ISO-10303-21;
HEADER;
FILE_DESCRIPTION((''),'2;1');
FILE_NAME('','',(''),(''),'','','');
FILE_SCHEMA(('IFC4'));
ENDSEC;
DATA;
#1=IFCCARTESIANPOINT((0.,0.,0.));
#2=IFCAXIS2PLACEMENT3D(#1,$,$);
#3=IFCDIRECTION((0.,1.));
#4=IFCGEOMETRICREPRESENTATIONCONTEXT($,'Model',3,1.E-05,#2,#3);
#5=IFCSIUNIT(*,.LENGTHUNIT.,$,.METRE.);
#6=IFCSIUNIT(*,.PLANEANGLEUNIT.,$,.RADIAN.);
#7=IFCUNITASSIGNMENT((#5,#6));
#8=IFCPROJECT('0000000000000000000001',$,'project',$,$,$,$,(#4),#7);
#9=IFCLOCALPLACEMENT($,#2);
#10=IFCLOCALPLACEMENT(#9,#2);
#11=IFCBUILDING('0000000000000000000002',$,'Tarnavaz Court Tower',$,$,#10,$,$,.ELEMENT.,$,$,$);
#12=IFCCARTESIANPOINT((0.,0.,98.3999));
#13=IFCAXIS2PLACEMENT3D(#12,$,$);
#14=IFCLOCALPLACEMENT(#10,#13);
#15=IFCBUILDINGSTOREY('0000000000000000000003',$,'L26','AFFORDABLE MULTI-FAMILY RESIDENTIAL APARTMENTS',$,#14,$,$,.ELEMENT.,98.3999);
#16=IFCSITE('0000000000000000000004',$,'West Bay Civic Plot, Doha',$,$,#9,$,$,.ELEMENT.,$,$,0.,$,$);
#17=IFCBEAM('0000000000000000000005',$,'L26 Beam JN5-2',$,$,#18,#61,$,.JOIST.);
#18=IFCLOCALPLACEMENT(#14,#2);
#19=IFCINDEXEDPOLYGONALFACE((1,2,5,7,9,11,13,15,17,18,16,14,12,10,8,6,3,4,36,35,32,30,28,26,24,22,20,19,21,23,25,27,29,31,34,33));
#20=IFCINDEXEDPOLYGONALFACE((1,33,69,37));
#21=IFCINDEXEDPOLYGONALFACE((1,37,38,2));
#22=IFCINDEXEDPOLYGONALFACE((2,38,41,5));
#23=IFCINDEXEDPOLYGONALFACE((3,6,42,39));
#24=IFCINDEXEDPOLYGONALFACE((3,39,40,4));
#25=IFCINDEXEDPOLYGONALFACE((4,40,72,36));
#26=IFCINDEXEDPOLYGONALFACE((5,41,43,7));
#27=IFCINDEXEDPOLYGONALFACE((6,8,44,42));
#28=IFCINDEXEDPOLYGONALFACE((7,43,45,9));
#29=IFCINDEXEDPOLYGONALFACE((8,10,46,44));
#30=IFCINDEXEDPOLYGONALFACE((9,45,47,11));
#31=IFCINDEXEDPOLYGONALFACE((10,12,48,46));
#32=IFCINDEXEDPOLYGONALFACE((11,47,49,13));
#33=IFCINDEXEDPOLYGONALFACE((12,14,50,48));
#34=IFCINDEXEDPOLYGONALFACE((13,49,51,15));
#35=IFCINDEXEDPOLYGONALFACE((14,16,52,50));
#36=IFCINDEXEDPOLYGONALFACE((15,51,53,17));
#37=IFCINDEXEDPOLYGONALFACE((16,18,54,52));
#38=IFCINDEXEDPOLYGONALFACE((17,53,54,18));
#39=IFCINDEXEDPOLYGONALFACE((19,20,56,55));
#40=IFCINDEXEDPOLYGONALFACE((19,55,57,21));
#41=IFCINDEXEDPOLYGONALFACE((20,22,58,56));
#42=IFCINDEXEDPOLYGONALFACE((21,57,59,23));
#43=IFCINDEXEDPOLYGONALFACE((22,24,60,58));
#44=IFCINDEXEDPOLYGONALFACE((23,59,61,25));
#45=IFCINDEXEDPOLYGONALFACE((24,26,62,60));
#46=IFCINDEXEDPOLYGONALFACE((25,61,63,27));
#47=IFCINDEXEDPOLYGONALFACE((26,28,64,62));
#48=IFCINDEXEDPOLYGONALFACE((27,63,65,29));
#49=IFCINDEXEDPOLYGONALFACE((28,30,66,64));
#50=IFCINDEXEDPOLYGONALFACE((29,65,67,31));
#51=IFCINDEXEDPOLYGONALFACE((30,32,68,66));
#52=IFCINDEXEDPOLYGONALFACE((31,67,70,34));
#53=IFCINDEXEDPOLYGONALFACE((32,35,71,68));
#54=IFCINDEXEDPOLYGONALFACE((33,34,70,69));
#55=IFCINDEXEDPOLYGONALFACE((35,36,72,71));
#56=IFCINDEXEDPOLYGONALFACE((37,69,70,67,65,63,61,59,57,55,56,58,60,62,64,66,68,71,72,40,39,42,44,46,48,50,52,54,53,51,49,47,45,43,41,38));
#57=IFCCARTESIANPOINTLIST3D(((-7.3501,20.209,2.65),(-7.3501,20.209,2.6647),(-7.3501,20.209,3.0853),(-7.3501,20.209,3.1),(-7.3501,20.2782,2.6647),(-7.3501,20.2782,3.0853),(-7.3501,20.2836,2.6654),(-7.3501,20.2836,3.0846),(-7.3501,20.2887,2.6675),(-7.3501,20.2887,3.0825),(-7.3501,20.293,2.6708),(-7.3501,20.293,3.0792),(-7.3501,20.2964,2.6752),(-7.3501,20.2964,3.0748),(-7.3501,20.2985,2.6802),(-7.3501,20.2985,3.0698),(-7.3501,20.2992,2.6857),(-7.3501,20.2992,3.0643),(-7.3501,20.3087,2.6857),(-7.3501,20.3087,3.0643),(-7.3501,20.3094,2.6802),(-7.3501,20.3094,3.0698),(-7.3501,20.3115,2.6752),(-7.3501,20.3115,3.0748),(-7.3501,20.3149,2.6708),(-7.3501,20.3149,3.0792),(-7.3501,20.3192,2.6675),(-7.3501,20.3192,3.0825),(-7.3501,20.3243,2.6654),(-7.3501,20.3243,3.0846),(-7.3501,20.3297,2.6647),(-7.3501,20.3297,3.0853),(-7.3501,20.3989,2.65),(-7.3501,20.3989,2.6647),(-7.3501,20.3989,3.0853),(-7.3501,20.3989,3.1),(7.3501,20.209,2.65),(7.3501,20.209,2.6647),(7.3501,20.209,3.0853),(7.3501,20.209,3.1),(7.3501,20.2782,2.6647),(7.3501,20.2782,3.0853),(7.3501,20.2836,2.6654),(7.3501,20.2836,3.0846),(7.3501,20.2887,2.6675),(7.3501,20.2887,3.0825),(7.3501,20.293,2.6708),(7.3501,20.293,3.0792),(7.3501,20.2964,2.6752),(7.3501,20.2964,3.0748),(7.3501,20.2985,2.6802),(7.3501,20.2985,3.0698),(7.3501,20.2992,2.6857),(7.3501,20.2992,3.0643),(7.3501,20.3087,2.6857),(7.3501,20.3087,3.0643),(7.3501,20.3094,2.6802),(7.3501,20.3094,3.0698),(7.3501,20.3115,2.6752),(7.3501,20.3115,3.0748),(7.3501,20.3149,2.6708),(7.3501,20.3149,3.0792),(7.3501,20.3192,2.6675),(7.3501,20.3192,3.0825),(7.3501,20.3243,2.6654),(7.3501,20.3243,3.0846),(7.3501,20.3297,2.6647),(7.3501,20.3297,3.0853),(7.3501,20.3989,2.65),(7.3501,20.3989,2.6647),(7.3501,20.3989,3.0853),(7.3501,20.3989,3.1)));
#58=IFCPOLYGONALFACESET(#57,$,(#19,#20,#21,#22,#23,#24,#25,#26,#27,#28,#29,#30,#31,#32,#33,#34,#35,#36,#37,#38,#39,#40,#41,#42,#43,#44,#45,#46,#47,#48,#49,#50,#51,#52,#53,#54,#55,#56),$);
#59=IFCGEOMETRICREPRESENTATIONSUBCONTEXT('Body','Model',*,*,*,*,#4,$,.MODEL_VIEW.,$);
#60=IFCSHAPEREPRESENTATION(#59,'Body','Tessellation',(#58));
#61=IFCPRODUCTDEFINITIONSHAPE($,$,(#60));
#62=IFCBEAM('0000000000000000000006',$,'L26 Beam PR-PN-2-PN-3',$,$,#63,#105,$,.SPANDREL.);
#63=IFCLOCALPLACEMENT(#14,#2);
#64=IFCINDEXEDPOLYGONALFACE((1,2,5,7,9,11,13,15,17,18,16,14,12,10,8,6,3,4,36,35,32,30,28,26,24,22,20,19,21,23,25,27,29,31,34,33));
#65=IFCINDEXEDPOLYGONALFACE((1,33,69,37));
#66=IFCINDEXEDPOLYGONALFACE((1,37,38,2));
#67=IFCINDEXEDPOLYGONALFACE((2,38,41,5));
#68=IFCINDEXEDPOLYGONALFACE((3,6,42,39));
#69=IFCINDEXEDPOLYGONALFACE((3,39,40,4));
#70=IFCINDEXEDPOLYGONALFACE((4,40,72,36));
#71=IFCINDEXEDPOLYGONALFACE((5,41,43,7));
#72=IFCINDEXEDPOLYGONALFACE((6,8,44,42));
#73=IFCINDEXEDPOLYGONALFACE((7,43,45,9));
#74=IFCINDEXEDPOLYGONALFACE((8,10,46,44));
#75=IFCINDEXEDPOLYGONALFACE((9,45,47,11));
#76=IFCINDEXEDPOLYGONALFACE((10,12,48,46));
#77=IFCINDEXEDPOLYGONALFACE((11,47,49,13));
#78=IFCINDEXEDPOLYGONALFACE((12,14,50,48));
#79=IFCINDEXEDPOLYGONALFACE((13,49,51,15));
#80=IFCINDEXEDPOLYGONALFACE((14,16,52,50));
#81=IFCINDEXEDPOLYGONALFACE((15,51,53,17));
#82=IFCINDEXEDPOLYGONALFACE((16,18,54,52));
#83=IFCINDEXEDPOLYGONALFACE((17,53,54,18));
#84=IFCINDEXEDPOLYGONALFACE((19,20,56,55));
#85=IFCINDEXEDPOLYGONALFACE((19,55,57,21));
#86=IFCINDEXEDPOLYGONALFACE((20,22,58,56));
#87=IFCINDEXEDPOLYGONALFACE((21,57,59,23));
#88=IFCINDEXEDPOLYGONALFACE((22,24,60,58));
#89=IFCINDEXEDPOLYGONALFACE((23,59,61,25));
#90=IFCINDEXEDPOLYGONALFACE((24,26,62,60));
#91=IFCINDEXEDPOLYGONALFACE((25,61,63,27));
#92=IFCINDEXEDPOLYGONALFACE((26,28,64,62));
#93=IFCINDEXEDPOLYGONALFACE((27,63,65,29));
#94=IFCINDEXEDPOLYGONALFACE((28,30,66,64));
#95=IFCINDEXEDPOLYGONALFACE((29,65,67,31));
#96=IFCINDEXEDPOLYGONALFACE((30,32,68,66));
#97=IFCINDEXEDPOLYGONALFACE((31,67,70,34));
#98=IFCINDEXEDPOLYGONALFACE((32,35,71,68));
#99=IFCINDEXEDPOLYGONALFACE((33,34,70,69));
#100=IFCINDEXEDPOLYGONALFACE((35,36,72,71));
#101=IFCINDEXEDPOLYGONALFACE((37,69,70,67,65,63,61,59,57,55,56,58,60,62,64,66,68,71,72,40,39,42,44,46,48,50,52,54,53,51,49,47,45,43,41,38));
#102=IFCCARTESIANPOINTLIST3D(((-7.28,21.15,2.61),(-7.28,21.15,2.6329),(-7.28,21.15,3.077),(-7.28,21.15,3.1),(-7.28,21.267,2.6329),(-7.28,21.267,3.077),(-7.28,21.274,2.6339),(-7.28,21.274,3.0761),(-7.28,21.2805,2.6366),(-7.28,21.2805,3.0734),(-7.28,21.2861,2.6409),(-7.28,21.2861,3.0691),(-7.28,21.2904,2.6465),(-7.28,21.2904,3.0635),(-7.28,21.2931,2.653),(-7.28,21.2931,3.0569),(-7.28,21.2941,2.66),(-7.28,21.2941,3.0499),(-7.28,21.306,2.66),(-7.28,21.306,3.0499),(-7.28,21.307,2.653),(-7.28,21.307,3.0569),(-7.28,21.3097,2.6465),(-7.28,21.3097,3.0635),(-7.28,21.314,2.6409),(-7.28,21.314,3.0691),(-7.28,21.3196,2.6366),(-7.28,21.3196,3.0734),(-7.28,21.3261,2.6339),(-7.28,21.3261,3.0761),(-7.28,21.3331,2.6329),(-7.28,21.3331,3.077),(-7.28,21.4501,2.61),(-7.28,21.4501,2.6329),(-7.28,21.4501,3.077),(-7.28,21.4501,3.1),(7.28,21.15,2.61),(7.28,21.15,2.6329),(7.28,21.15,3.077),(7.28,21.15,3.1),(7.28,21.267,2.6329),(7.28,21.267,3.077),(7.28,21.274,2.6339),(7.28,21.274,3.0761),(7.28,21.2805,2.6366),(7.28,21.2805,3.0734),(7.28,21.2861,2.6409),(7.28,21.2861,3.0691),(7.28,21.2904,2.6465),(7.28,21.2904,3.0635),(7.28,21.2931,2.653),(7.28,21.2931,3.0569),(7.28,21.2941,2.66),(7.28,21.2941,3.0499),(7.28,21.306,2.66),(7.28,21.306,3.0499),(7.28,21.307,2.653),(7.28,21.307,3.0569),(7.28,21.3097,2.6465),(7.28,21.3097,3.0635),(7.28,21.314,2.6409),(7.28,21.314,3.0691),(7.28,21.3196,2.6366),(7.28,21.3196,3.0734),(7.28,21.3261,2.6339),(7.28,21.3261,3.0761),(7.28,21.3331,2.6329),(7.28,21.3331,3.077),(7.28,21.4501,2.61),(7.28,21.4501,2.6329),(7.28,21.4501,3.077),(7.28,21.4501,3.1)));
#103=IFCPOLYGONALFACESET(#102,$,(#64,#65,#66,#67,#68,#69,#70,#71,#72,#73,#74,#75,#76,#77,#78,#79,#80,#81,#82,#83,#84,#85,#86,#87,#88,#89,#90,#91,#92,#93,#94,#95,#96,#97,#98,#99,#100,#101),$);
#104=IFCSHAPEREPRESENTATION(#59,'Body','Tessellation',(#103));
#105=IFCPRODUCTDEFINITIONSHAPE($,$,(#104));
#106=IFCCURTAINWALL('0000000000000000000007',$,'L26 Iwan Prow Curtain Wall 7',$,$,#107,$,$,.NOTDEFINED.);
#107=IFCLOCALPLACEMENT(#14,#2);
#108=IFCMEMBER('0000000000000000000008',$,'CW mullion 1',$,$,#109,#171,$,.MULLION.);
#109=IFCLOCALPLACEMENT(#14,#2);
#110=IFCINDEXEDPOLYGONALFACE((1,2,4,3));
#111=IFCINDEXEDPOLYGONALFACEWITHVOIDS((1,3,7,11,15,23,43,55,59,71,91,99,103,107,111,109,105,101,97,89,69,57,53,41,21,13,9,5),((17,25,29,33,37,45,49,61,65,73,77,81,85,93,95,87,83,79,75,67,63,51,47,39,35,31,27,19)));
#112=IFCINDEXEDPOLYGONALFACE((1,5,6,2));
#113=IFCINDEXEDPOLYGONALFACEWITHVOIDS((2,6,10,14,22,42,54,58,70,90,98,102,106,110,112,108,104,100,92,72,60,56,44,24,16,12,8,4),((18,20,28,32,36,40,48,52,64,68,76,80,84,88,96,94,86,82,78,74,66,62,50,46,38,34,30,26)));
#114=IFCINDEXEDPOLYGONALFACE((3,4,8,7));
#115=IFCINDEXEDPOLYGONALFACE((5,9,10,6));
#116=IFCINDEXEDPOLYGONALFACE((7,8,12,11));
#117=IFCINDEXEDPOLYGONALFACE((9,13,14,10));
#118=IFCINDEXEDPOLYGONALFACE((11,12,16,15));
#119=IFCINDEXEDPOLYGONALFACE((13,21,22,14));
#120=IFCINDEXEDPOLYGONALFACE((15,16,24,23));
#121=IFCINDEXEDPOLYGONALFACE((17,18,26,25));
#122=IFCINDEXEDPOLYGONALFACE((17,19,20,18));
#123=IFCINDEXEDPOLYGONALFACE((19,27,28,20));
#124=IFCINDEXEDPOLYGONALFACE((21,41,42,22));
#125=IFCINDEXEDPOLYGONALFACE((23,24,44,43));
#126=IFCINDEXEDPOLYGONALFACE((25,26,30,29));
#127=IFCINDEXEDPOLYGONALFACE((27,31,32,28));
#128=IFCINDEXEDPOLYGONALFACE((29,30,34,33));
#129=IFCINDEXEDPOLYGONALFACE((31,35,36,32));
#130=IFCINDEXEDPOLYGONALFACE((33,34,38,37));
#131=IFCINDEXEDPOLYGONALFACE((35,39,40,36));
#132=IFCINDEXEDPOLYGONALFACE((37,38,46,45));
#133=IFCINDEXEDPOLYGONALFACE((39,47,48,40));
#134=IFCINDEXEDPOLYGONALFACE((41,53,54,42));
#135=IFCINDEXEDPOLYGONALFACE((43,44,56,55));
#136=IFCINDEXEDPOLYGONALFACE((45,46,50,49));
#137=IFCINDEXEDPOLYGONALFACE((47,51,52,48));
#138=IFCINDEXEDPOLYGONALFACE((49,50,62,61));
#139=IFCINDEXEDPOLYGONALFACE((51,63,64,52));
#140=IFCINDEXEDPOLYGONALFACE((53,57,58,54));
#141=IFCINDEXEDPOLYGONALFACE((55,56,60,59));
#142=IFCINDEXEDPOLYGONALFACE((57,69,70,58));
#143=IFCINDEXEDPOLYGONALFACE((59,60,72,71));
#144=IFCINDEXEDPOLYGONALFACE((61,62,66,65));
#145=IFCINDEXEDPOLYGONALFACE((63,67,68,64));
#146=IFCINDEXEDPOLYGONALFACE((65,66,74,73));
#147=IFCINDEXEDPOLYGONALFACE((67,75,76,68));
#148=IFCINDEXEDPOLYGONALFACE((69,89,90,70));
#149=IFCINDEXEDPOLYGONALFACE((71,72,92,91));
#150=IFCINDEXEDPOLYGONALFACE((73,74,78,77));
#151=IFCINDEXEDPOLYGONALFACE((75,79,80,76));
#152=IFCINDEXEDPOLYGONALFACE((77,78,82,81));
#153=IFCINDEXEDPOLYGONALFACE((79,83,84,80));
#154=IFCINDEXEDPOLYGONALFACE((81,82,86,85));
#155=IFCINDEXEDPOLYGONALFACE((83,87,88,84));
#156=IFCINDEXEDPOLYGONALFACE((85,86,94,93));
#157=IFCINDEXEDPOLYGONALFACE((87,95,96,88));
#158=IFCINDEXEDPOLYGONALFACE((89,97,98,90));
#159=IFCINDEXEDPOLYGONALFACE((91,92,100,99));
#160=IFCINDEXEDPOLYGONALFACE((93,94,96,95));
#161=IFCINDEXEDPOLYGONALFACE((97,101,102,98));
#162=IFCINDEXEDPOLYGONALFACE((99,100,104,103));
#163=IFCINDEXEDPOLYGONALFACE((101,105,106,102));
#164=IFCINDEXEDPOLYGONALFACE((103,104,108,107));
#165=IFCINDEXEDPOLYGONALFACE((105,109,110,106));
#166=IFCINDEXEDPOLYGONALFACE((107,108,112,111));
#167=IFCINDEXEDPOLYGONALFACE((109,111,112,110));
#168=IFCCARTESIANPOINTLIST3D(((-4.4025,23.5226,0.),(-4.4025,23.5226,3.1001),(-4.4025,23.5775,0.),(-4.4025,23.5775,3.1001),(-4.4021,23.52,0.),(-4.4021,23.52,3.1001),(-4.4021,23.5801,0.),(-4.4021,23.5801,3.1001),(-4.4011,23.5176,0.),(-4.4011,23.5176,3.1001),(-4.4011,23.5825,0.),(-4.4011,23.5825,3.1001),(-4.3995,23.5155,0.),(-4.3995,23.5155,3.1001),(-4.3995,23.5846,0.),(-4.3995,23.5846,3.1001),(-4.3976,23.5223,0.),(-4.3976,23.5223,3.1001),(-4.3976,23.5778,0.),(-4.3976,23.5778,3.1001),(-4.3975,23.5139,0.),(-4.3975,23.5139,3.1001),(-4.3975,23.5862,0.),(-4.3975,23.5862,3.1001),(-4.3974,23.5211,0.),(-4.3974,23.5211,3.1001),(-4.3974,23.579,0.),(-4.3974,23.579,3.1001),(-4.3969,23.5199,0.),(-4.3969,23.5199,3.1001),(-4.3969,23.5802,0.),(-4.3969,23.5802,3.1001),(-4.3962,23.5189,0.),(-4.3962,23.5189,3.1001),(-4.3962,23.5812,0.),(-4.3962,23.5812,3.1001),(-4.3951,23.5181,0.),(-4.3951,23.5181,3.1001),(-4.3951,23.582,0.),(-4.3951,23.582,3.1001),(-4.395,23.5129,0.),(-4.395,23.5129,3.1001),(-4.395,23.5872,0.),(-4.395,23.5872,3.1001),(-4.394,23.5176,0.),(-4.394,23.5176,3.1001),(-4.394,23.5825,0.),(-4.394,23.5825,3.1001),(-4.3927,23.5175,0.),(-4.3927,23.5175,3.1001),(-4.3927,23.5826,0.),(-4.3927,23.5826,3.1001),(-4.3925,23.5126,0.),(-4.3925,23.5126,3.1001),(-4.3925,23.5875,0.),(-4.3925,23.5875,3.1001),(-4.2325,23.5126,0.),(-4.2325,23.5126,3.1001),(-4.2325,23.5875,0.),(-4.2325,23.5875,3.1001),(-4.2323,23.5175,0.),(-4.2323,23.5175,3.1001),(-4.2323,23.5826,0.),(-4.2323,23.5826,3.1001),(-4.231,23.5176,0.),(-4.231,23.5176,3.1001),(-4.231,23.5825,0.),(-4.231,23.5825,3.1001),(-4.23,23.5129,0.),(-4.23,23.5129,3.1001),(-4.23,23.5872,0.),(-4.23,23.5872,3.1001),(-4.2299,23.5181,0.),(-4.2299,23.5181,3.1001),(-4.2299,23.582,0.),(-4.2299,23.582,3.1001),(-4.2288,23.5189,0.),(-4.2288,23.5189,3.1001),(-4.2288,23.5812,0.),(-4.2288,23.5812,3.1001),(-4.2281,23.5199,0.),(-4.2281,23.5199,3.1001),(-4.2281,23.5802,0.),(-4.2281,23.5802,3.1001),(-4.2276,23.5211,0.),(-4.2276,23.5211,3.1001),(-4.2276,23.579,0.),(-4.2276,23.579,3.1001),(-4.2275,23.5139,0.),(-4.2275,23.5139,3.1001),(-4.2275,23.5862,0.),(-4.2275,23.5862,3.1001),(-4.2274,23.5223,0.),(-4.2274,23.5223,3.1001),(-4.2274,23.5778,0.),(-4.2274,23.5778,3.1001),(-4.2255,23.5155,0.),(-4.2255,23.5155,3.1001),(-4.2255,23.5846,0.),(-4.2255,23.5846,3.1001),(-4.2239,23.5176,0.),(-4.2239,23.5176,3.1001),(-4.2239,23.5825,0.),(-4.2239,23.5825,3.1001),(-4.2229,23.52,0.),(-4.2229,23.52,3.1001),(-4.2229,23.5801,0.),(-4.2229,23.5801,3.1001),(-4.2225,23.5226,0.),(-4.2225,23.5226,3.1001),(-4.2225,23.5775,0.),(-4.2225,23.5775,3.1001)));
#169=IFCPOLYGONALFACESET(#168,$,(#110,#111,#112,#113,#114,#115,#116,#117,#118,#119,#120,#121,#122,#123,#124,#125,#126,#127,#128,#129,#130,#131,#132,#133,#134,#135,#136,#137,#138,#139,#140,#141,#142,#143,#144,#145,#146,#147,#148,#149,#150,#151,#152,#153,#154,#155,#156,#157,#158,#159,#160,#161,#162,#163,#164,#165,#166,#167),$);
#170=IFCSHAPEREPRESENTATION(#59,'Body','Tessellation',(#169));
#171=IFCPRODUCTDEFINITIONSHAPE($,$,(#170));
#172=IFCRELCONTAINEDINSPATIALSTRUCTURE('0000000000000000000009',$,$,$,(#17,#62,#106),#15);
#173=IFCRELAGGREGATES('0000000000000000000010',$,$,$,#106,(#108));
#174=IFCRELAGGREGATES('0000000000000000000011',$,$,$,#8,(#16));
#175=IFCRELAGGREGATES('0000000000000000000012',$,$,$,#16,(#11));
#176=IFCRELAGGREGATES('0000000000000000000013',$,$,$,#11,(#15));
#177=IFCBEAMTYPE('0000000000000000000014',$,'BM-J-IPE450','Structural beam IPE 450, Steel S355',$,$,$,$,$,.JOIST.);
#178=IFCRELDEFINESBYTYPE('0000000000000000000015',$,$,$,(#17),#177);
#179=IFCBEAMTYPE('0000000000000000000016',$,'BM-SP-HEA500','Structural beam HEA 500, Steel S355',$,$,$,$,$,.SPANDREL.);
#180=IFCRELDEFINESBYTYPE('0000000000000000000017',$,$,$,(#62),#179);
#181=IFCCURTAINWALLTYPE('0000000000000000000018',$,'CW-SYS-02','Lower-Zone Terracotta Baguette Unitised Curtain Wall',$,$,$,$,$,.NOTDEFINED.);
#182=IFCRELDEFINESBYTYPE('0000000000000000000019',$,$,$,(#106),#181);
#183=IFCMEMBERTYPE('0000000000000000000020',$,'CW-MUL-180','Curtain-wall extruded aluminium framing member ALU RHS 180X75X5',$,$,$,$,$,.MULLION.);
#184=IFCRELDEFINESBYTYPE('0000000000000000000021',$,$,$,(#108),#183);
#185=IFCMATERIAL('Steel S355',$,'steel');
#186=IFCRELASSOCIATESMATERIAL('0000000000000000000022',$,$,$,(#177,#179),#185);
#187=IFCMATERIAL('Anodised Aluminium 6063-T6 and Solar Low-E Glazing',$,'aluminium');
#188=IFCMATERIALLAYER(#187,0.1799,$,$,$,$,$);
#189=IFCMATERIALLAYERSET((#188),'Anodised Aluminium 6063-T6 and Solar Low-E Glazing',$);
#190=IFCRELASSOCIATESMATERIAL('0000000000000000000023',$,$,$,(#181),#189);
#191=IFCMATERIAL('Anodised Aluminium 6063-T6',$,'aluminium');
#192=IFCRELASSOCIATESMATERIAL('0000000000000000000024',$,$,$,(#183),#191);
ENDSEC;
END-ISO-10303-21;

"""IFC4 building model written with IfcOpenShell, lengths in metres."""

from ifc_helpers import new_model, si_unit, direction, frame, origin, origin_2d, place, context, subcontext, project, spatial, hollow_rectangle, i_section, extrude, material, layer, layer_set, material_profile, profile_set, type_object, element, aggregate, save


model = new_model("IFC4")

# Units and contexts
model_context = context("Model", 3, precision=1e-05, world=origin(), true_north=direction((0.0, 1.0)))
body_context = subcontext(model_context, "Body", "Model", "MODEL_VIEW")
ifc_project = project(units=[si_unit("LENGTHUNIT", "METRE"), si_unit("PLANEANGLEUNIT", "RADIAN")], contexts=[model_context])

# Site, building, storey
site_placement = place(None, origin())
site = spatial("IfcSite", under=ifc_project, at=site_placement, Name="West Bay Civic Plot, Doha", CompositionType="ELEMENT", RefElevation=0.0)
building_placement = place(site_placement, origin())
building = spatial("IfcBuilding", under=site, at=building_placement, Name="Tarnavaz Court Tower", CompositionType="ELEMENT")
storey_placement = place(building_placement, frame((0.0, 0.0, 98.3999)))
storey = spatial("IfcBuildingStorey", under=building, at=storey_placement, Name="L26", Description="AFFORDABLE MULTI-FAMILY RESIDENTIAL APARTMENTS", CompositionType="ELEMENT", Elevation=98.3999)

# Beams
ifc_material_1 = material(Name="Steel S355", Category="steel")
ifc_material_profile_1 = material_profile(ifc_material_1, i_section(OverallWidth=0.1899, OverallDepth=0.45, WebThickness=0.0095, FlangeThickness=0.0146, FilletRadius=0.021, at=origin_2d()), Name="IPE 450")
ifc_profile_set_1 = profile_set([ifc_material_profile_1], Name="Steel S355")
beam_type_1 = type_object("IfcBeamType", Name="BM-J-IPE450", Description="Structural beam IPE 450, Steel S355", PredefinedType="JOIST", material=ifc_profile_set_1)
for number, where, z_axis, x_axis, name in (
    (1, (-7.3501, 20.304, 2.875), (1.0, 0.0, 0.0), (0.0, 1.0, 0.0), "L26 Beam JN5-2"),
):
    element("IfcBeam", number, at=place(storey_placement, frame(where, z_axis=z_axis, x_axis=x_axis)), inside=storey, type_object=beam_type_1, Name=name, PredefinedType="JOIST", context=body_context, shape_type="SweptSolid", body=[
        extrude(i_section(OverallWidth=0.1899, OverallDepth=0.45, WebThickness=0.0095, FlangeThickness=0.0146, FilletRadius=0.021, at=origin_2d()), origin(), (0.0, 0.0, 1.0), 14.7002),
    ])
ifc_material_profile_2 = material_profile(ifc_material_1, i_section(OverallWidth=0.3, OverallDepth=0.49, WebThickness=0.012, FlangeThickness=0.0229, FilletRadius=0.0271, at=origin_2d()), Name="HEA 500")
ifc_profile_set_2 = profile_set([ifc_material_profile_2], Name="Steel S355")
beam_type_2 = type_object("IfcBeamType", Name="BM-SP-HEA500", Description="Structural beam HEA 500, Steel S355", PredefinedType="SPANDREL", material=ifc_profile_set_2)
beam_placement = place(storey_placement, frame((-7.28, 21.3, 2.855), z_axis=(1.0, 0.0, 0.0), x_axis=(0.0, 1.0, 0.0)))
element("IfcBeam", 2, at=beam_placement, inside=storey, type_object=beam_type_2, Name="L26 Beam PR-PN-2-PN-3", PredefinedType="SPANDREL", context=body_context, shape_type="SweptSolid", body=[
    extrude(i_section(OverallWidth=0.3, OverallDepth=0.49, WebThickness=0.012, FlangeThickness=0.0229, FilletRadius=0.0271, at=origin_2d()), origin(), (0.0, 0.0, 1.0), 14.5601),
])

# Curtain wall, member
ifc_material_2 = material(Name="Anodised Aluminium 6063-T6 and Solar Low-E Glazing", Category="aluminium")
ifc_layer_1 = layer(ifc_material_2, 0.1799)
ifc_layer_set_1 = layer_set([ifc_layer_1], Name="Anodised Aluminium 6063-T6 and Solar Low-E Glazing")
curtain_wall_type = type_object("IfcCurtainWallType", Name="CW-SYS-02", Description="Lower-Zone Terracotta Baguette Unitised Curtain Wall", PredefinedType="NOTDEFINED", material=ifc_layer_set_1)
curtain_wall_placement = place(storey_placement, origin())
curtain_wall = element("IfcCurtainWall", 3, at=curtain_wall_placement, inside=storey, type_object=curtain_wall_type, Name="L26 Iwan Prow Curtain Wall 7", PredefinedType="NOTDEFINED")
ifc_material_3 = material(Name="Anodised Aluminium 6063-T6", Category="aluminium")
ifc_material_profile_3 = material_profile(ifc_material_3, hollow_rectangle(XDim=0.075, YDim=0.1799, WallThickness=0.0049, InnerFilletRadius=0.0049, OuterFilletRadius=0.01, at=origin_2d()), Name="ALU RHS 180X75X5")
ifc_profile_set_3 = profile_set([ifc_material_profile_3], Name="Anodised Aluminium 6063-T6")
member_type_1 = type_object("IfcMemberType", Name="CW-MUL-180", Description="Curtain-wall extruded aluminium framing member ALU RHS 180X75X5", PredefinedType="MULLION", material=ifc_profile_set_3)
member_1_placement = place(storey_placement, frame((-4.3125, 23.55, 0.0), z_axis=(0.0, 0.0, 1.0), x_axis=(0.0, 1.0, 0.0)))
member_1 = element("IfcMember", 4, at=member_1_placement, type_object=member_type_1, Name="CW mullion 1", PredefinedType="MULLION", context=body_context, shape_type="SweptSolid", body=[
    extrude(hollow_rectangle(XDim=0.075, YDim=0.1799, WallThickness=0.0049, InnerFilletRadius=0.0049, OuterFilletRadius=0.01, at=origin_2d()), origin(), (0.0, 0.0, 1.0), 3.1001),
])
aggregate(curtain_wall, [member_1])

save(model, "model.ifc")
